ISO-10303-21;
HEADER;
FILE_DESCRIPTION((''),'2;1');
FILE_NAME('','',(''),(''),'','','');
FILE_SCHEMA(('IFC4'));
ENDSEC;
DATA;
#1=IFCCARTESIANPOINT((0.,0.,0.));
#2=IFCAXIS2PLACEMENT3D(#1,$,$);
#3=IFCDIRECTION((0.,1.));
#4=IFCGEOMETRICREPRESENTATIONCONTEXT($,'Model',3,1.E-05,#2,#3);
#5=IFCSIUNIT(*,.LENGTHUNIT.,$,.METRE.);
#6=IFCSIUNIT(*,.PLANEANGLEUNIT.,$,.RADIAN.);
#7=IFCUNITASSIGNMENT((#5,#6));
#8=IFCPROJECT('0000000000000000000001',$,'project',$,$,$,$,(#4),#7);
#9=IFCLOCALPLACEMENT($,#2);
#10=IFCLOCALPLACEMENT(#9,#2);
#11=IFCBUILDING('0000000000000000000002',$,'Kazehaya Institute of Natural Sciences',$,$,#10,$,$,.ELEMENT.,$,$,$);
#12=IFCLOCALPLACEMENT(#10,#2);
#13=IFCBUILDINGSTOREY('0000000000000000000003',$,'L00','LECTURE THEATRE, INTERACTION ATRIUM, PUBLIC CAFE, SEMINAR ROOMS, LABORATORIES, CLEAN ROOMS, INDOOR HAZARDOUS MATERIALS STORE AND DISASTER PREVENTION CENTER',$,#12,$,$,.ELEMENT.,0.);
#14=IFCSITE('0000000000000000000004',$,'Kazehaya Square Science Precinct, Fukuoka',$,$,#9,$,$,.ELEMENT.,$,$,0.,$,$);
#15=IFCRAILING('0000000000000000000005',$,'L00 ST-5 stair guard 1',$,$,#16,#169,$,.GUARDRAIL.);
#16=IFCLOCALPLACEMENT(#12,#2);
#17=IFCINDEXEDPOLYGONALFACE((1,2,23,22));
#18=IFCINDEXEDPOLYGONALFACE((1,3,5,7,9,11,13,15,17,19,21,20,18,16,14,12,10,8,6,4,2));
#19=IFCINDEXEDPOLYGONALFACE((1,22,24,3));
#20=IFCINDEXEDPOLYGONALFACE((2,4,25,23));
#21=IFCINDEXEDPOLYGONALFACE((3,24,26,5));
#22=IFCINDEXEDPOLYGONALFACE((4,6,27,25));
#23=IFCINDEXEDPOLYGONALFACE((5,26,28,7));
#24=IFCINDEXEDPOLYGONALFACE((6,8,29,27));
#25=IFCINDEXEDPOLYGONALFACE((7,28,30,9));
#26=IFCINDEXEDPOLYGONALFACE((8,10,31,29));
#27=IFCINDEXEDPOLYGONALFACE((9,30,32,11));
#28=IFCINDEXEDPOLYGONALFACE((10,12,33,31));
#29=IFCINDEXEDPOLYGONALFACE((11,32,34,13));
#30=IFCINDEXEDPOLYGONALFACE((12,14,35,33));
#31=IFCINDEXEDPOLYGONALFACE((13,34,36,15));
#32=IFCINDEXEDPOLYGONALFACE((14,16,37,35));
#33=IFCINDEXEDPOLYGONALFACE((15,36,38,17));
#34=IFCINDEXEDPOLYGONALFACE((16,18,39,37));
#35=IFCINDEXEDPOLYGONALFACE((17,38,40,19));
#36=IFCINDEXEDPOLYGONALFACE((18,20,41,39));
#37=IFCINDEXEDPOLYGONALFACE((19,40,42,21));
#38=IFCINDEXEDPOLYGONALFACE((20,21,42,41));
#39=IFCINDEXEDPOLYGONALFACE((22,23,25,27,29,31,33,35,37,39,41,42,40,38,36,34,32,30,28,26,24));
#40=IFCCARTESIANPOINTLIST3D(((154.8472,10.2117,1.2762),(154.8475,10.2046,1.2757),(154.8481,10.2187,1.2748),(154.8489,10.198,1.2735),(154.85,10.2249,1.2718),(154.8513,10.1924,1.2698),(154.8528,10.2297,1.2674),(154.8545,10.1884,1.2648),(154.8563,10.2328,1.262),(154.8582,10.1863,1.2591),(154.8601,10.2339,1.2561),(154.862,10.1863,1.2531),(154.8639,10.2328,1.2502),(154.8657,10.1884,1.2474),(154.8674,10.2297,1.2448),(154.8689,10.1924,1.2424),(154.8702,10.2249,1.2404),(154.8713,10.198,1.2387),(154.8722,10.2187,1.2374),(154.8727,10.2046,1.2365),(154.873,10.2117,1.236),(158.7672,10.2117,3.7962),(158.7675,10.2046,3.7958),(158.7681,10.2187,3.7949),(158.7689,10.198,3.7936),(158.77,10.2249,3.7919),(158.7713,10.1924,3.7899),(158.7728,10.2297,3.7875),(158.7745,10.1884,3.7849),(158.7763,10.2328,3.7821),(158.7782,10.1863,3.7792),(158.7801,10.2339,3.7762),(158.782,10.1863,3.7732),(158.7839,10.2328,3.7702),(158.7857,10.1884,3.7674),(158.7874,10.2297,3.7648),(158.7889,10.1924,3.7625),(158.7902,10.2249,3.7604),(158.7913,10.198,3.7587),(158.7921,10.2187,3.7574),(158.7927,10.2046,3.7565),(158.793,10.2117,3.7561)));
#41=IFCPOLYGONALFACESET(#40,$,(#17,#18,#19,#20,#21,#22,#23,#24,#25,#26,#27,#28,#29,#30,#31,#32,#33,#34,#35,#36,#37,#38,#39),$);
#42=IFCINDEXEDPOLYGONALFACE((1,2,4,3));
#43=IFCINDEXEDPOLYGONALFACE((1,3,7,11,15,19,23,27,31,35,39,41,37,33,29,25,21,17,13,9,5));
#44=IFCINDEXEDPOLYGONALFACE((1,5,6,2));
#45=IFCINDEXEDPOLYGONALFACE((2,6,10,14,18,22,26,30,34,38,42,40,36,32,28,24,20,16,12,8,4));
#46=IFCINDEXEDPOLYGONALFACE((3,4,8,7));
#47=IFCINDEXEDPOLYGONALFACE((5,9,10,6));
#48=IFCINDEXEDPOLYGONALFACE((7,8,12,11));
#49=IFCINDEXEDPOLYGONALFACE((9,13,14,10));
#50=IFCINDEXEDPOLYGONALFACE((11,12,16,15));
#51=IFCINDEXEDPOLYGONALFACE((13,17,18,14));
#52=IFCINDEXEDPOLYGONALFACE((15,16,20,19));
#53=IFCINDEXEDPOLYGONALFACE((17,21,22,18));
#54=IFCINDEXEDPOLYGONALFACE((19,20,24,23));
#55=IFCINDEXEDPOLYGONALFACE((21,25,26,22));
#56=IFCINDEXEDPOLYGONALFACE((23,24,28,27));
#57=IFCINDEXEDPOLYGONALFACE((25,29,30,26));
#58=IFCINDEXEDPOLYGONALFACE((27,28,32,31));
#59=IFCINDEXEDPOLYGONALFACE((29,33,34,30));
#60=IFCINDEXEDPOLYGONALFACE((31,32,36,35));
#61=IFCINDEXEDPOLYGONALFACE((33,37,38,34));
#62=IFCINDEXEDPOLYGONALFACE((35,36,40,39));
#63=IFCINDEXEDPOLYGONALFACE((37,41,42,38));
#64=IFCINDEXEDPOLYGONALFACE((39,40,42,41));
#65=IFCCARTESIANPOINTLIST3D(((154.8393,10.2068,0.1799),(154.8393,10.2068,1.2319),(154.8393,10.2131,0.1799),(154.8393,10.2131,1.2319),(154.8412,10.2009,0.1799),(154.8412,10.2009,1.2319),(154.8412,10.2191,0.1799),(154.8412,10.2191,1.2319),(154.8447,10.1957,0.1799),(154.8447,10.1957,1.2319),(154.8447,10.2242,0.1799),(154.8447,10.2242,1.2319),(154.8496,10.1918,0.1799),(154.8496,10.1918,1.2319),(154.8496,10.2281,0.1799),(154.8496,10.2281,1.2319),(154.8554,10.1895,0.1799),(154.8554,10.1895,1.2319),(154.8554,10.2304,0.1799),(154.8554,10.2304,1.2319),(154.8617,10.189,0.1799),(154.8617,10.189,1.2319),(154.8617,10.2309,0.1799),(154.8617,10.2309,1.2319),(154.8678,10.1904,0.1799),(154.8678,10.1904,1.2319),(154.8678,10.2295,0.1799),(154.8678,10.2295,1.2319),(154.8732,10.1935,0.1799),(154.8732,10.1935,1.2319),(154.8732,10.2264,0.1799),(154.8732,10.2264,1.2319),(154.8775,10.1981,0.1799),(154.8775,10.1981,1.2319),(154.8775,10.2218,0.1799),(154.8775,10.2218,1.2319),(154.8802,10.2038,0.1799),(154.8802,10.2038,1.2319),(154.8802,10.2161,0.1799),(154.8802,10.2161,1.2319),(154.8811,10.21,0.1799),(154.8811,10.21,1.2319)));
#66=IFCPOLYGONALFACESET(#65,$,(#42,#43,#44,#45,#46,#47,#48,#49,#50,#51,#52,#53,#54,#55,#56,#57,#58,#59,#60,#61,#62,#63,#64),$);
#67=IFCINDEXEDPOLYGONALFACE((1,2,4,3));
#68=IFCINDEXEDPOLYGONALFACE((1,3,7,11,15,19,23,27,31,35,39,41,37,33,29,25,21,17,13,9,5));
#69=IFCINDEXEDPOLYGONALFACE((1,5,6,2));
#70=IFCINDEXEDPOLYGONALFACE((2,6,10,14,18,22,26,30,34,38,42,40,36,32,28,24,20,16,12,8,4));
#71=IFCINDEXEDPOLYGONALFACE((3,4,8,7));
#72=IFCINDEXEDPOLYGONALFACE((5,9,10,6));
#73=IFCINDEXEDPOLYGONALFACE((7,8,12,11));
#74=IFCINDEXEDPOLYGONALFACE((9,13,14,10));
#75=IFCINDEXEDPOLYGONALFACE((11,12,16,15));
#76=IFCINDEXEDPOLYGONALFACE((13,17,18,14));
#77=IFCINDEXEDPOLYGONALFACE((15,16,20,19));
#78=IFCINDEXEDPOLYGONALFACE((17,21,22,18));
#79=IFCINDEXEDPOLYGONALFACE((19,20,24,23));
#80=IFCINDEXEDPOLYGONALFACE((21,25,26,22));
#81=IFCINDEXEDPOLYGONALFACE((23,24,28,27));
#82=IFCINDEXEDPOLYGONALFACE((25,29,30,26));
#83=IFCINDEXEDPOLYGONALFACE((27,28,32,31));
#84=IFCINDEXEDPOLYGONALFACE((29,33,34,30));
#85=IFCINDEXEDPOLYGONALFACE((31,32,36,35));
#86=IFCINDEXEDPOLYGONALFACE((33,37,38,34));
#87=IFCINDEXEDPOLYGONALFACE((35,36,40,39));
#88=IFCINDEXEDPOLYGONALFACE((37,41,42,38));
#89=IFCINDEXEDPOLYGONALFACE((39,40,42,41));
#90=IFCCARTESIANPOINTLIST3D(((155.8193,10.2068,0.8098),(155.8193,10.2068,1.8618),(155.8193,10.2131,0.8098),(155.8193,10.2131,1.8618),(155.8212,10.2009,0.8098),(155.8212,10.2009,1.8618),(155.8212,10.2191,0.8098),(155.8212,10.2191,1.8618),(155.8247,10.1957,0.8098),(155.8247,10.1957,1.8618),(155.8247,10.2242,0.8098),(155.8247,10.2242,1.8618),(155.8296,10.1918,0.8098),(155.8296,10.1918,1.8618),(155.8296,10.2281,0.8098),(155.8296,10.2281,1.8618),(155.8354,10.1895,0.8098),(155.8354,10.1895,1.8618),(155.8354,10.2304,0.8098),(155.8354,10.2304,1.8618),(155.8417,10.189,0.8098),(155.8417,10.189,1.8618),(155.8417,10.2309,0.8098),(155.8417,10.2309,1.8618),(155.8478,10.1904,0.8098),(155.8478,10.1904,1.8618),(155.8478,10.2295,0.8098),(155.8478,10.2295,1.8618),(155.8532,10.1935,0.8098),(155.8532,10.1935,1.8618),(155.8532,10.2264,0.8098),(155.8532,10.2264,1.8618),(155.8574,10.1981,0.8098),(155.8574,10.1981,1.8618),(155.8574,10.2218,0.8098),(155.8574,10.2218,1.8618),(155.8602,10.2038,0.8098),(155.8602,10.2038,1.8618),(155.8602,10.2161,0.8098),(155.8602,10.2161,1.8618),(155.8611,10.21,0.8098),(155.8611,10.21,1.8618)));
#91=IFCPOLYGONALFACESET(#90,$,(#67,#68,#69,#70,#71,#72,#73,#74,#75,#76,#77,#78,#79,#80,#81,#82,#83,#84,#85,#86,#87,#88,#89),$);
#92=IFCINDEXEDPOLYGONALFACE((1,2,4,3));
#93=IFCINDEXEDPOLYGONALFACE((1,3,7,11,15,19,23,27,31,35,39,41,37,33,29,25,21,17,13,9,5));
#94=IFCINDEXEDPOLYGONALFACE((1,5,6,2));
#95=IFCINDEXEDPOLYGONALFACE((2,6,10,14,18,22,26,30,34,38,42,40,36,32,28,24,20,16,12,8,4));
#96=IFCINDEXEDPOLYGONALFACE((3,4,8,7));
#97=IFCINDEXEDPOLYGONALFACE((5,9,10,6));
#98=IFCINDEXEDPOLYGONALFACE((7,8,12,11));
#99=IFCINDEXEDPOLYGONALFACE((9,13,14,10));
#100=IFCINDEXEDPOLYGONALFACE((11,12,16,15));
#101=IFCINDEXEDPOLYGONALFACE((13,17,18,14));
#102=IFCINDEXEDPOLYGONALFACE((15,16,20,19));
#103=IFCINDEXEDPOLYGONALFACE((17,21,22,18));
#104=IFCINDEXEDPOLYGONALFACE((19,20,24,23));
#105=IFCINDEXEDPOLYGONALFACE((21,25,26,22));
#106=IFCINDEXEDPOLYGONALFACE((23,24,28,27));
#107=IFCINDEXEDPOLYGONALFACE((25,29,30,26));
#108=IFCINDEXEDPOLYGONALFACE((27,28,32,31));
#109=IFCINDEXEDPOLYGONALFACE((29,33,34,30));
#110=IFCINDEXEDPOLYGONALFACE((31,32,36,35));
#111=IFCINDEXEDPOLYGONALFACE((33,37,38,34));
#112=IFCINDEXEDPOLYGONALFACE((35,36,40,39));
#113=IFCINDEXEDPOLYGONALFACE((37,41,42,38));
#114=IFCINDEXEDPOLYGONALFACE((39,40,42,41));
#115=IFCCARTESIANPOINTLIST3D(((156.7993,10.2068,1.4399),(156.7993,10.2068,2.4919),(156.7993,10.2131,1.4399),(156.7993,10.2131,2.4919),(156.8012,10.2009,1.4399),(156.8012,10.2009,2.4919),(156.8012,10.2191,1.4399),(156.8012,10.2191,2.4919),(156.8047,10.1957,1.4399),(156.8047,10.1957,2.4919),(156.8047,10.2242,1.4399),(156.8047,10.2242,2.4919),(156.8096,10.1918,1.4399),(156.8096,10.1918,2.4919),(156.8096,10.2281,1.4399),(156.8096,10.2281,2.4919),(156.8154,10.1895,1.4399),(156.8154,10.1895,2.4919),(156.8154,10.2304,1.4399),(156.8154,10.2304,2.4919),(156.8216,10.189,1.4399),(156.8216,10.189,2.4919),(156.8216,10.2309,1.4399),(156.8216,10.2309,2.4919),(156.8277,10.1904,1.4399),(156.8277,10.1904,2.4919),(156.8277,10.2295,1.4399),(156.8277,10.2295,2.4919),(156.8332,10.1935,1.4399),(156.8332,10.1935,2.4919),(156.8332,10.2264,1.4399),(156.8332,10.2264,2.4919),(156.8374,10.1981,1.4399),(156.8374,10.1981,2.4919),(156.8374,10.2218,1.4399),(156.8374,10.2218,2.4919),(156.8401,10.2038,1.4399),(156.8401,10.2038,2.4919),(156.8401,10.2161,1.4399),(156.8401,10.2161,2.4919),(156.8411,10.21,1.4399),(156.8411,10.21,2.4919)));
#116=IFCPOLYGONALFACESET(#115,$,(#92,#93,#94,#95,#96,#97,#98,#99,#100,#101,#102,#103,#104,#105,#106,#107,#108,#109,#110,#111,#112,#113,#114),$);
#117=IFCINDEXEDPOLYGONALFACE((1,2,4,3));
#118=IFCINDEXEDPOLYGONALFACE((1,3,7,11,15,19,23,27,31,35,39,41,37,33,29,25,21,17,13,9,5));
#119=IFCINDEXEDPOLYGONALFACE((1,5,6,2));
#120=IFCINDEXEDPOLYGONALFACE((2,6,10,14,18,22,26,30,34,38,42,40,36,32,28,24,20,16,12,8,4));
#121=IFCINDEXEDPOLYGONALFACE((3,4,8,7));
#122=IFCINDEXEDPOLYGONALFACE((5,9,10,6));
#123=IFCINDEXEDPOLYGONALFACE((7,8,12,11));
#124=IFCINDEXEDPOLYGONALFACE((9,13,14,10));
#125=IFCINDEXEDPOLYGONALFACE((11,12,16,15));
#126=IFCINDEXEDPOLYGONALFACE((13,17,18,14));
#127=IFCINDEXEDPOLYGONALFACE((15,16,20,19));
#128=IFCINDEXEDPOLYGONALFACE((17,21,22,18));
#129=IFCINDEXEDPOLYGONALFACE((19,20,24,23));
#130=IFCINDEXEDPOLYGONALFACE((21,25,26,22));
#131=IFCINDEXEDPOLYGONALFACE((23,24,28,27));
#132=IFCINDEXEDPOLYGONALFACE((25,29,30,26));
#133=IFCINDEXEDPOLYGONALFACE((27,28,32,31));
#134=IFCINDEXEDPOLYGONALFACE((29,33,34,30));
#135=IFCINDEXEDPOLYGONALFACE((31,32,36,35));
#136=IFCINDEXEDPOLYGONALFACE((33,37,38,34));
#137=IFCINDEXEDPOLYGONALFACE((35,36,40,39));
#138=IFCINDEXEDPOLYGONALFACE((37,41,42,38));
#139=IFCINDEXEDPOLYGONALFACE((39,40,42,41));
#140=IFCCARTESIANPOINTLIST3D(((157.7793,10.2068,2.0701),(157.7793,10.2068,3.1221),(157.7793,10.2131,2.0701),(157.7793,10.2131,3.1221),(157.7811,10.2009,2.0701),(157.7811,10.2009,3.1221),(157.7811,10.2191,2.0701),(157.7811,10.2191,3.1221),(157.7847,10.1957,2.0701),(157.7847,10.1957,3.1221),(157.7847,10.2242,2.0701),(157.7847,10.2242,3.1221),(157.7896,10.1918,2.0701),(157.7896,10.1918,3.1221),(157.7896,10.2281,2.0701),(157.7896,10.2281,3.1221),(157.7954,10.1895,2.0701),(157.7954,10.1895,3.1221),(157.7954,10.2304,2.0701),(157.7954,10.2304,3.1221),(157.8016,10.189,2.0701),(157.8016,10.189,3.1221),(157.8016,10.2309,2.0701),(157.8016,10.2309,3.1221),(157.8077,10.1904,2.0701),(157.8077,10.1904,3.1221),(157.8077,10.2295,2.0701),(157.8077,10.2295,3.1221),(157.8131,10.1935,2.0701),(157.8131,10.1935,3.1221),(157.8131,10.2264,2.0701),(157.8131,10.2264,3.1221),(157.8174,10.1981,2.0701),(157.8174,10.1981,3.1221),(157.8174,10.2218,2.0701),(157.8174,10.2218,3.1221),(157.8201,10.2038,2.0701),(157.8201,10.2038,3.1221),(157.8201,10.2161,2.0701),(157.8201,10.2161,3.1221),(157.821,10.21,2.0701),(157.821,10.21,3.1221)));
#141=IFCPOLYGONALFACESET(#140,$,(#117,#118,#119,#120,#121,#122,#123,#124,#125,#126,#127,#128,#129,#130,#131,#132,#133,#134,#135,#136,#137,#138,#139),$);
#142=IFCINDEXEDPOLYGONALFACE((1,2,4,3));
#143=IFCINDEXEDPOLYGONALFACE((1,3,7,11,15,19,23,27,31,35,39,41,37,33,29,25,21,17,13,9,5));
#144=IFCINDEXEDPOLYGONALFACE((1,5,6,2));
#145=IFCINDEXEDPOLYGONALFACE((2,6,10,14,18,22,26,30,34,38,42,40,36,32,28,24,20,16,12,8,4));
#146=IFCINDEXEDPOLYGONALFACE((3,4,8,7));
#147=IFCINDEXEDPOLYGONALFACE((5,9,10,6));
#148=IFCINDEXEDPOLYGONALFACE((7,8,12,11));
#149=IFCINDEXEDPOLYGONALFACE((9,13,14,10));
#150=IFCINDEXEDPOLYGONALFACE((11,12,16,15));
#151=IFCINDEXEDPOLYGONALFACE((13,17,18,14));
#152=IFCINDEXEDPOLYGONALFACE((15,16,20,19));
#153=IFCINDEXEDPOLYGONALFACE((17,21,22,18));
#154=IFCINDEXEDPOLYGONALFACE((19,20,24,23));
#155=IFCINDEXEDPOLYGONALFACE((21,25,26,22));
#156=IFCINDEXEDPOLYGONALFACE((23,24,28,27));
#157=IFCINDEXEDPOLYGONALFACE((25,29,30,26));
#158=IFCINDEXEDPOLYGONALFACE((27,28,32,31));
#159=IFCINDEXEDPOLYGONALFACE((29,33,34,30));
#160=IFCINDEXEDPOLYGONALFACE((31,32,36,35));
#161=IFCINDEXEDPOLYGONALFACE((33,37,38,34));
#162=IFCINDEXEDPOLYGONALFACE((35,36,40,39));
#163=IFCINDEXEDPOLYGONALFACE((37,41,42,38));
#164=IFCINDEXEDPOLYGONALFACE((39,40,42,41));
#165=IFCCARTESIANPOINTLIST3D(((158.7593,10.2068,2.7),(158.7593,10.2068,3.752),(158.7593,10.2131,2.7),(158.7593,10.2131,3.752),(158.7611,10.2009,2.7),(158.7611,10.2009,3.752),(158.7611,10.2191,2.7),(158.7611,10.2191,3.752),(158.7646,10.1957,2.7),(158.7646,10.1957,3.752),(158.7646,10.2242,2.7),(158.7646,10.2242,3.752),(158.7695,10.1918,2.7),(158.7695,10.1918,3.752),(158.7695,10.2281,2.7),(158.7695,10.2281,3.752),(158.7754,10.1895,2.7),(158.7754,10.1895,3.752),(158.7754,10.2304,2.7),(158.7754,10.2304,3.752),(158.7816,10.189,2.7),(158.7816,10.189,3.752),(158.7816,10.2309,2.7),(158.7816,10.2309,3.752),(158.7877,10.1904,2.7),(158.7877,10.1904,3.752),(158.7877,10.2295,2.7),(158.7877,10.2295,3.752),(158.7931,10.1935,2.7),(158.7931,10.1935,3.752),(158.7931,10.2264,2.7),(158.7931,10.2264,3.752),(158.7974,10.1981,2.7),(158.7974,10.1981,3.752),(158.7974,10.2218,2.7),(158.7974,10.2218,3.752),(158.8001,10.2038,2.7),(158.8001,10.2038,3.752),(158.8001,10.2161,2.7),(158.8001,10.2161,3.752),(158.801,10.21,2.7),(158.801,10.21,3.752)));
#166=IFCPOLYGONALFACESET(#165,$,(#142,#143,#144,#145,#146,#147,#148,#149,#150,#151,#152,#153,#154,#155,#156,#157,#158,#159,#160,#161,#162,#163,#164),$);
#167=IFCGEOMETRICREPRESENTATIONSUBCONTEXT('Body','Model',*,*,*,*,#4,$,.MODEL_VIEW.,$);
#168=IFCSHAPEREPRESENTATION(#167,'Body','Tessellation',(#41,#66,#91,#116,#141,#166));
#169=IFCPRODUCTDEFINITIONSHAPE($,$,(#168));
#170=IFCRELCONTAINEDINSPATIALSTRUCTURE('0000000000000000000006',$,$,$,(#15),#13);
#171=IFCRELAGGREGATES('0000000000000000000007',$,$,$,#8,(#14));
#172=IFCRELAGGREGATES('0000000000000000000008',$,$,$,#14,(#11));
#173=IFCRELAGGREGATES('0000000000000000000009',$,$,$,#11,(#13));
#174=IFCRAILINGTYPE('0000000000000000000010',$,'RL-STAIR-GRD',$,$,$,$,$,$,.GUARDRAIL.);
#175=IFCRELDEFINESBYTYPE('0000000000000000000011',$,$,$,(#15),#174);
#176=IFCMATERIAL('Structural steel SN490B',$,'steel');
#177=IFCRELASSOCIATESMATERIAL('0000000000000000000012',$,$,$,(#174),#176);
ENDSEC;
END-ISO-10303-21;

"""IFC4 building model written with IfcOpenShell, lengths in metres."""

from ifc_helpers import new_model, si_unit, direction, frame, origin, origin_2d, place, context, subcontext, project, spatial, circle, extrude, material, type_object, element, save


model = new_model("IFC4")

# Units and contexts
model_context = context("Model", 3, precision=1e-05, world=origin(), true_north=direction((0.0, 1.0)))
body_context = subcontext(model_context, "Body", "Model", "MODEL_VIEW")
ifc_project = project(units=[si_unit("LENGTHUNIT", "METRE"), si_unit("PLANEANGLEUNIT", "RADIAN")], contexts=[model_context])

# Site, building, storey
site_placement = place(None, origin())
site = spatial("IfcSite", under=ifc_project, at=site_placement, Name="Kazehaya Square Science Precinct, Fukuoka", CompositionType="ELEMENT", RefElevation=0.0)
building_placement = place(site_placement, origin())
building = spatial("IfcBuilding", under=site, at=building_placement, Name="Kazehaya Institute of Natural Sciences", CompositionType="ELEMENT")
storey_placement = place(building_placement, origin())
storey = spatial("IfcBuildingStorey", under=building, at=storey_placement, Name="L00", Description="LECTURE THEATRE, INTERACTION ATRIUM, PUBLIC CAFE, SEMINAR ROOMS, LABORATORIES, CLEAN ROOMS, INDOOR HAZARDOUS MATERIALS STORE AND DISASTER PREVENTION CENTER", CompositionType="ELEMENT", Elevation=0.0)

# Railing
ifc_material_1 = material(Name="Structural steel SN490B", Category="steel")
railing_type_1 = type_object("IfcRailingType", Name="RL-STAIR-GRD", PredefinedType="GUARDRAIL", material=ifc_material_1)
railing_1_placement = place(storey_placement, frame((154.8601, 10.21, 0.1799)))
element("IfcRailing", 1, at=railing_1_placement, inside=storey, type_object=railing_type_1, Name="L00 ST-5 stair guard 1", PredefinedType="GUARDRAIL", context=body_context, shape_type="SweptSolid", body=[
    extrude(circle(Radius=0.0239, at=origin_2d()), frame((0.0, 0.0, 1.0762), z_axis=(0.841172, 0.0, 0.540768), x_axis=(0.0, 1.0, 0.0)), (0.0, 0.0, 1.0), 4.6602),
    extrude(circle(Radius=0.021, at=origin_2d()), origin(), (0.0, 0.0, 1.0), 1.052),
    extrude(circle(Radius=0.021, at=origin_2d()), frame((0.98, 0.0, 0.6299)), (0.0, 0.0, 1.0), 1.052),
    extrude(circle(Radius=0.021, at=origin_2d()), frame((1.96, 0.0, 1.26)), (0.0, 0.0, 1.0), 1.052),
    extrude(circle(Radius=0.021, at=origin_2d()), frame((2.9399, 0.0, 1.8901)), (0.0, 0.0, 1.0), 1.052),
    extrude(circle(Radius=0.021, at=origin_2d()), frame((3.9199, 0.0, 2.52)), (0.0, 0.0, 1.0), 1.052),
])

save(model, "model.ifc")
